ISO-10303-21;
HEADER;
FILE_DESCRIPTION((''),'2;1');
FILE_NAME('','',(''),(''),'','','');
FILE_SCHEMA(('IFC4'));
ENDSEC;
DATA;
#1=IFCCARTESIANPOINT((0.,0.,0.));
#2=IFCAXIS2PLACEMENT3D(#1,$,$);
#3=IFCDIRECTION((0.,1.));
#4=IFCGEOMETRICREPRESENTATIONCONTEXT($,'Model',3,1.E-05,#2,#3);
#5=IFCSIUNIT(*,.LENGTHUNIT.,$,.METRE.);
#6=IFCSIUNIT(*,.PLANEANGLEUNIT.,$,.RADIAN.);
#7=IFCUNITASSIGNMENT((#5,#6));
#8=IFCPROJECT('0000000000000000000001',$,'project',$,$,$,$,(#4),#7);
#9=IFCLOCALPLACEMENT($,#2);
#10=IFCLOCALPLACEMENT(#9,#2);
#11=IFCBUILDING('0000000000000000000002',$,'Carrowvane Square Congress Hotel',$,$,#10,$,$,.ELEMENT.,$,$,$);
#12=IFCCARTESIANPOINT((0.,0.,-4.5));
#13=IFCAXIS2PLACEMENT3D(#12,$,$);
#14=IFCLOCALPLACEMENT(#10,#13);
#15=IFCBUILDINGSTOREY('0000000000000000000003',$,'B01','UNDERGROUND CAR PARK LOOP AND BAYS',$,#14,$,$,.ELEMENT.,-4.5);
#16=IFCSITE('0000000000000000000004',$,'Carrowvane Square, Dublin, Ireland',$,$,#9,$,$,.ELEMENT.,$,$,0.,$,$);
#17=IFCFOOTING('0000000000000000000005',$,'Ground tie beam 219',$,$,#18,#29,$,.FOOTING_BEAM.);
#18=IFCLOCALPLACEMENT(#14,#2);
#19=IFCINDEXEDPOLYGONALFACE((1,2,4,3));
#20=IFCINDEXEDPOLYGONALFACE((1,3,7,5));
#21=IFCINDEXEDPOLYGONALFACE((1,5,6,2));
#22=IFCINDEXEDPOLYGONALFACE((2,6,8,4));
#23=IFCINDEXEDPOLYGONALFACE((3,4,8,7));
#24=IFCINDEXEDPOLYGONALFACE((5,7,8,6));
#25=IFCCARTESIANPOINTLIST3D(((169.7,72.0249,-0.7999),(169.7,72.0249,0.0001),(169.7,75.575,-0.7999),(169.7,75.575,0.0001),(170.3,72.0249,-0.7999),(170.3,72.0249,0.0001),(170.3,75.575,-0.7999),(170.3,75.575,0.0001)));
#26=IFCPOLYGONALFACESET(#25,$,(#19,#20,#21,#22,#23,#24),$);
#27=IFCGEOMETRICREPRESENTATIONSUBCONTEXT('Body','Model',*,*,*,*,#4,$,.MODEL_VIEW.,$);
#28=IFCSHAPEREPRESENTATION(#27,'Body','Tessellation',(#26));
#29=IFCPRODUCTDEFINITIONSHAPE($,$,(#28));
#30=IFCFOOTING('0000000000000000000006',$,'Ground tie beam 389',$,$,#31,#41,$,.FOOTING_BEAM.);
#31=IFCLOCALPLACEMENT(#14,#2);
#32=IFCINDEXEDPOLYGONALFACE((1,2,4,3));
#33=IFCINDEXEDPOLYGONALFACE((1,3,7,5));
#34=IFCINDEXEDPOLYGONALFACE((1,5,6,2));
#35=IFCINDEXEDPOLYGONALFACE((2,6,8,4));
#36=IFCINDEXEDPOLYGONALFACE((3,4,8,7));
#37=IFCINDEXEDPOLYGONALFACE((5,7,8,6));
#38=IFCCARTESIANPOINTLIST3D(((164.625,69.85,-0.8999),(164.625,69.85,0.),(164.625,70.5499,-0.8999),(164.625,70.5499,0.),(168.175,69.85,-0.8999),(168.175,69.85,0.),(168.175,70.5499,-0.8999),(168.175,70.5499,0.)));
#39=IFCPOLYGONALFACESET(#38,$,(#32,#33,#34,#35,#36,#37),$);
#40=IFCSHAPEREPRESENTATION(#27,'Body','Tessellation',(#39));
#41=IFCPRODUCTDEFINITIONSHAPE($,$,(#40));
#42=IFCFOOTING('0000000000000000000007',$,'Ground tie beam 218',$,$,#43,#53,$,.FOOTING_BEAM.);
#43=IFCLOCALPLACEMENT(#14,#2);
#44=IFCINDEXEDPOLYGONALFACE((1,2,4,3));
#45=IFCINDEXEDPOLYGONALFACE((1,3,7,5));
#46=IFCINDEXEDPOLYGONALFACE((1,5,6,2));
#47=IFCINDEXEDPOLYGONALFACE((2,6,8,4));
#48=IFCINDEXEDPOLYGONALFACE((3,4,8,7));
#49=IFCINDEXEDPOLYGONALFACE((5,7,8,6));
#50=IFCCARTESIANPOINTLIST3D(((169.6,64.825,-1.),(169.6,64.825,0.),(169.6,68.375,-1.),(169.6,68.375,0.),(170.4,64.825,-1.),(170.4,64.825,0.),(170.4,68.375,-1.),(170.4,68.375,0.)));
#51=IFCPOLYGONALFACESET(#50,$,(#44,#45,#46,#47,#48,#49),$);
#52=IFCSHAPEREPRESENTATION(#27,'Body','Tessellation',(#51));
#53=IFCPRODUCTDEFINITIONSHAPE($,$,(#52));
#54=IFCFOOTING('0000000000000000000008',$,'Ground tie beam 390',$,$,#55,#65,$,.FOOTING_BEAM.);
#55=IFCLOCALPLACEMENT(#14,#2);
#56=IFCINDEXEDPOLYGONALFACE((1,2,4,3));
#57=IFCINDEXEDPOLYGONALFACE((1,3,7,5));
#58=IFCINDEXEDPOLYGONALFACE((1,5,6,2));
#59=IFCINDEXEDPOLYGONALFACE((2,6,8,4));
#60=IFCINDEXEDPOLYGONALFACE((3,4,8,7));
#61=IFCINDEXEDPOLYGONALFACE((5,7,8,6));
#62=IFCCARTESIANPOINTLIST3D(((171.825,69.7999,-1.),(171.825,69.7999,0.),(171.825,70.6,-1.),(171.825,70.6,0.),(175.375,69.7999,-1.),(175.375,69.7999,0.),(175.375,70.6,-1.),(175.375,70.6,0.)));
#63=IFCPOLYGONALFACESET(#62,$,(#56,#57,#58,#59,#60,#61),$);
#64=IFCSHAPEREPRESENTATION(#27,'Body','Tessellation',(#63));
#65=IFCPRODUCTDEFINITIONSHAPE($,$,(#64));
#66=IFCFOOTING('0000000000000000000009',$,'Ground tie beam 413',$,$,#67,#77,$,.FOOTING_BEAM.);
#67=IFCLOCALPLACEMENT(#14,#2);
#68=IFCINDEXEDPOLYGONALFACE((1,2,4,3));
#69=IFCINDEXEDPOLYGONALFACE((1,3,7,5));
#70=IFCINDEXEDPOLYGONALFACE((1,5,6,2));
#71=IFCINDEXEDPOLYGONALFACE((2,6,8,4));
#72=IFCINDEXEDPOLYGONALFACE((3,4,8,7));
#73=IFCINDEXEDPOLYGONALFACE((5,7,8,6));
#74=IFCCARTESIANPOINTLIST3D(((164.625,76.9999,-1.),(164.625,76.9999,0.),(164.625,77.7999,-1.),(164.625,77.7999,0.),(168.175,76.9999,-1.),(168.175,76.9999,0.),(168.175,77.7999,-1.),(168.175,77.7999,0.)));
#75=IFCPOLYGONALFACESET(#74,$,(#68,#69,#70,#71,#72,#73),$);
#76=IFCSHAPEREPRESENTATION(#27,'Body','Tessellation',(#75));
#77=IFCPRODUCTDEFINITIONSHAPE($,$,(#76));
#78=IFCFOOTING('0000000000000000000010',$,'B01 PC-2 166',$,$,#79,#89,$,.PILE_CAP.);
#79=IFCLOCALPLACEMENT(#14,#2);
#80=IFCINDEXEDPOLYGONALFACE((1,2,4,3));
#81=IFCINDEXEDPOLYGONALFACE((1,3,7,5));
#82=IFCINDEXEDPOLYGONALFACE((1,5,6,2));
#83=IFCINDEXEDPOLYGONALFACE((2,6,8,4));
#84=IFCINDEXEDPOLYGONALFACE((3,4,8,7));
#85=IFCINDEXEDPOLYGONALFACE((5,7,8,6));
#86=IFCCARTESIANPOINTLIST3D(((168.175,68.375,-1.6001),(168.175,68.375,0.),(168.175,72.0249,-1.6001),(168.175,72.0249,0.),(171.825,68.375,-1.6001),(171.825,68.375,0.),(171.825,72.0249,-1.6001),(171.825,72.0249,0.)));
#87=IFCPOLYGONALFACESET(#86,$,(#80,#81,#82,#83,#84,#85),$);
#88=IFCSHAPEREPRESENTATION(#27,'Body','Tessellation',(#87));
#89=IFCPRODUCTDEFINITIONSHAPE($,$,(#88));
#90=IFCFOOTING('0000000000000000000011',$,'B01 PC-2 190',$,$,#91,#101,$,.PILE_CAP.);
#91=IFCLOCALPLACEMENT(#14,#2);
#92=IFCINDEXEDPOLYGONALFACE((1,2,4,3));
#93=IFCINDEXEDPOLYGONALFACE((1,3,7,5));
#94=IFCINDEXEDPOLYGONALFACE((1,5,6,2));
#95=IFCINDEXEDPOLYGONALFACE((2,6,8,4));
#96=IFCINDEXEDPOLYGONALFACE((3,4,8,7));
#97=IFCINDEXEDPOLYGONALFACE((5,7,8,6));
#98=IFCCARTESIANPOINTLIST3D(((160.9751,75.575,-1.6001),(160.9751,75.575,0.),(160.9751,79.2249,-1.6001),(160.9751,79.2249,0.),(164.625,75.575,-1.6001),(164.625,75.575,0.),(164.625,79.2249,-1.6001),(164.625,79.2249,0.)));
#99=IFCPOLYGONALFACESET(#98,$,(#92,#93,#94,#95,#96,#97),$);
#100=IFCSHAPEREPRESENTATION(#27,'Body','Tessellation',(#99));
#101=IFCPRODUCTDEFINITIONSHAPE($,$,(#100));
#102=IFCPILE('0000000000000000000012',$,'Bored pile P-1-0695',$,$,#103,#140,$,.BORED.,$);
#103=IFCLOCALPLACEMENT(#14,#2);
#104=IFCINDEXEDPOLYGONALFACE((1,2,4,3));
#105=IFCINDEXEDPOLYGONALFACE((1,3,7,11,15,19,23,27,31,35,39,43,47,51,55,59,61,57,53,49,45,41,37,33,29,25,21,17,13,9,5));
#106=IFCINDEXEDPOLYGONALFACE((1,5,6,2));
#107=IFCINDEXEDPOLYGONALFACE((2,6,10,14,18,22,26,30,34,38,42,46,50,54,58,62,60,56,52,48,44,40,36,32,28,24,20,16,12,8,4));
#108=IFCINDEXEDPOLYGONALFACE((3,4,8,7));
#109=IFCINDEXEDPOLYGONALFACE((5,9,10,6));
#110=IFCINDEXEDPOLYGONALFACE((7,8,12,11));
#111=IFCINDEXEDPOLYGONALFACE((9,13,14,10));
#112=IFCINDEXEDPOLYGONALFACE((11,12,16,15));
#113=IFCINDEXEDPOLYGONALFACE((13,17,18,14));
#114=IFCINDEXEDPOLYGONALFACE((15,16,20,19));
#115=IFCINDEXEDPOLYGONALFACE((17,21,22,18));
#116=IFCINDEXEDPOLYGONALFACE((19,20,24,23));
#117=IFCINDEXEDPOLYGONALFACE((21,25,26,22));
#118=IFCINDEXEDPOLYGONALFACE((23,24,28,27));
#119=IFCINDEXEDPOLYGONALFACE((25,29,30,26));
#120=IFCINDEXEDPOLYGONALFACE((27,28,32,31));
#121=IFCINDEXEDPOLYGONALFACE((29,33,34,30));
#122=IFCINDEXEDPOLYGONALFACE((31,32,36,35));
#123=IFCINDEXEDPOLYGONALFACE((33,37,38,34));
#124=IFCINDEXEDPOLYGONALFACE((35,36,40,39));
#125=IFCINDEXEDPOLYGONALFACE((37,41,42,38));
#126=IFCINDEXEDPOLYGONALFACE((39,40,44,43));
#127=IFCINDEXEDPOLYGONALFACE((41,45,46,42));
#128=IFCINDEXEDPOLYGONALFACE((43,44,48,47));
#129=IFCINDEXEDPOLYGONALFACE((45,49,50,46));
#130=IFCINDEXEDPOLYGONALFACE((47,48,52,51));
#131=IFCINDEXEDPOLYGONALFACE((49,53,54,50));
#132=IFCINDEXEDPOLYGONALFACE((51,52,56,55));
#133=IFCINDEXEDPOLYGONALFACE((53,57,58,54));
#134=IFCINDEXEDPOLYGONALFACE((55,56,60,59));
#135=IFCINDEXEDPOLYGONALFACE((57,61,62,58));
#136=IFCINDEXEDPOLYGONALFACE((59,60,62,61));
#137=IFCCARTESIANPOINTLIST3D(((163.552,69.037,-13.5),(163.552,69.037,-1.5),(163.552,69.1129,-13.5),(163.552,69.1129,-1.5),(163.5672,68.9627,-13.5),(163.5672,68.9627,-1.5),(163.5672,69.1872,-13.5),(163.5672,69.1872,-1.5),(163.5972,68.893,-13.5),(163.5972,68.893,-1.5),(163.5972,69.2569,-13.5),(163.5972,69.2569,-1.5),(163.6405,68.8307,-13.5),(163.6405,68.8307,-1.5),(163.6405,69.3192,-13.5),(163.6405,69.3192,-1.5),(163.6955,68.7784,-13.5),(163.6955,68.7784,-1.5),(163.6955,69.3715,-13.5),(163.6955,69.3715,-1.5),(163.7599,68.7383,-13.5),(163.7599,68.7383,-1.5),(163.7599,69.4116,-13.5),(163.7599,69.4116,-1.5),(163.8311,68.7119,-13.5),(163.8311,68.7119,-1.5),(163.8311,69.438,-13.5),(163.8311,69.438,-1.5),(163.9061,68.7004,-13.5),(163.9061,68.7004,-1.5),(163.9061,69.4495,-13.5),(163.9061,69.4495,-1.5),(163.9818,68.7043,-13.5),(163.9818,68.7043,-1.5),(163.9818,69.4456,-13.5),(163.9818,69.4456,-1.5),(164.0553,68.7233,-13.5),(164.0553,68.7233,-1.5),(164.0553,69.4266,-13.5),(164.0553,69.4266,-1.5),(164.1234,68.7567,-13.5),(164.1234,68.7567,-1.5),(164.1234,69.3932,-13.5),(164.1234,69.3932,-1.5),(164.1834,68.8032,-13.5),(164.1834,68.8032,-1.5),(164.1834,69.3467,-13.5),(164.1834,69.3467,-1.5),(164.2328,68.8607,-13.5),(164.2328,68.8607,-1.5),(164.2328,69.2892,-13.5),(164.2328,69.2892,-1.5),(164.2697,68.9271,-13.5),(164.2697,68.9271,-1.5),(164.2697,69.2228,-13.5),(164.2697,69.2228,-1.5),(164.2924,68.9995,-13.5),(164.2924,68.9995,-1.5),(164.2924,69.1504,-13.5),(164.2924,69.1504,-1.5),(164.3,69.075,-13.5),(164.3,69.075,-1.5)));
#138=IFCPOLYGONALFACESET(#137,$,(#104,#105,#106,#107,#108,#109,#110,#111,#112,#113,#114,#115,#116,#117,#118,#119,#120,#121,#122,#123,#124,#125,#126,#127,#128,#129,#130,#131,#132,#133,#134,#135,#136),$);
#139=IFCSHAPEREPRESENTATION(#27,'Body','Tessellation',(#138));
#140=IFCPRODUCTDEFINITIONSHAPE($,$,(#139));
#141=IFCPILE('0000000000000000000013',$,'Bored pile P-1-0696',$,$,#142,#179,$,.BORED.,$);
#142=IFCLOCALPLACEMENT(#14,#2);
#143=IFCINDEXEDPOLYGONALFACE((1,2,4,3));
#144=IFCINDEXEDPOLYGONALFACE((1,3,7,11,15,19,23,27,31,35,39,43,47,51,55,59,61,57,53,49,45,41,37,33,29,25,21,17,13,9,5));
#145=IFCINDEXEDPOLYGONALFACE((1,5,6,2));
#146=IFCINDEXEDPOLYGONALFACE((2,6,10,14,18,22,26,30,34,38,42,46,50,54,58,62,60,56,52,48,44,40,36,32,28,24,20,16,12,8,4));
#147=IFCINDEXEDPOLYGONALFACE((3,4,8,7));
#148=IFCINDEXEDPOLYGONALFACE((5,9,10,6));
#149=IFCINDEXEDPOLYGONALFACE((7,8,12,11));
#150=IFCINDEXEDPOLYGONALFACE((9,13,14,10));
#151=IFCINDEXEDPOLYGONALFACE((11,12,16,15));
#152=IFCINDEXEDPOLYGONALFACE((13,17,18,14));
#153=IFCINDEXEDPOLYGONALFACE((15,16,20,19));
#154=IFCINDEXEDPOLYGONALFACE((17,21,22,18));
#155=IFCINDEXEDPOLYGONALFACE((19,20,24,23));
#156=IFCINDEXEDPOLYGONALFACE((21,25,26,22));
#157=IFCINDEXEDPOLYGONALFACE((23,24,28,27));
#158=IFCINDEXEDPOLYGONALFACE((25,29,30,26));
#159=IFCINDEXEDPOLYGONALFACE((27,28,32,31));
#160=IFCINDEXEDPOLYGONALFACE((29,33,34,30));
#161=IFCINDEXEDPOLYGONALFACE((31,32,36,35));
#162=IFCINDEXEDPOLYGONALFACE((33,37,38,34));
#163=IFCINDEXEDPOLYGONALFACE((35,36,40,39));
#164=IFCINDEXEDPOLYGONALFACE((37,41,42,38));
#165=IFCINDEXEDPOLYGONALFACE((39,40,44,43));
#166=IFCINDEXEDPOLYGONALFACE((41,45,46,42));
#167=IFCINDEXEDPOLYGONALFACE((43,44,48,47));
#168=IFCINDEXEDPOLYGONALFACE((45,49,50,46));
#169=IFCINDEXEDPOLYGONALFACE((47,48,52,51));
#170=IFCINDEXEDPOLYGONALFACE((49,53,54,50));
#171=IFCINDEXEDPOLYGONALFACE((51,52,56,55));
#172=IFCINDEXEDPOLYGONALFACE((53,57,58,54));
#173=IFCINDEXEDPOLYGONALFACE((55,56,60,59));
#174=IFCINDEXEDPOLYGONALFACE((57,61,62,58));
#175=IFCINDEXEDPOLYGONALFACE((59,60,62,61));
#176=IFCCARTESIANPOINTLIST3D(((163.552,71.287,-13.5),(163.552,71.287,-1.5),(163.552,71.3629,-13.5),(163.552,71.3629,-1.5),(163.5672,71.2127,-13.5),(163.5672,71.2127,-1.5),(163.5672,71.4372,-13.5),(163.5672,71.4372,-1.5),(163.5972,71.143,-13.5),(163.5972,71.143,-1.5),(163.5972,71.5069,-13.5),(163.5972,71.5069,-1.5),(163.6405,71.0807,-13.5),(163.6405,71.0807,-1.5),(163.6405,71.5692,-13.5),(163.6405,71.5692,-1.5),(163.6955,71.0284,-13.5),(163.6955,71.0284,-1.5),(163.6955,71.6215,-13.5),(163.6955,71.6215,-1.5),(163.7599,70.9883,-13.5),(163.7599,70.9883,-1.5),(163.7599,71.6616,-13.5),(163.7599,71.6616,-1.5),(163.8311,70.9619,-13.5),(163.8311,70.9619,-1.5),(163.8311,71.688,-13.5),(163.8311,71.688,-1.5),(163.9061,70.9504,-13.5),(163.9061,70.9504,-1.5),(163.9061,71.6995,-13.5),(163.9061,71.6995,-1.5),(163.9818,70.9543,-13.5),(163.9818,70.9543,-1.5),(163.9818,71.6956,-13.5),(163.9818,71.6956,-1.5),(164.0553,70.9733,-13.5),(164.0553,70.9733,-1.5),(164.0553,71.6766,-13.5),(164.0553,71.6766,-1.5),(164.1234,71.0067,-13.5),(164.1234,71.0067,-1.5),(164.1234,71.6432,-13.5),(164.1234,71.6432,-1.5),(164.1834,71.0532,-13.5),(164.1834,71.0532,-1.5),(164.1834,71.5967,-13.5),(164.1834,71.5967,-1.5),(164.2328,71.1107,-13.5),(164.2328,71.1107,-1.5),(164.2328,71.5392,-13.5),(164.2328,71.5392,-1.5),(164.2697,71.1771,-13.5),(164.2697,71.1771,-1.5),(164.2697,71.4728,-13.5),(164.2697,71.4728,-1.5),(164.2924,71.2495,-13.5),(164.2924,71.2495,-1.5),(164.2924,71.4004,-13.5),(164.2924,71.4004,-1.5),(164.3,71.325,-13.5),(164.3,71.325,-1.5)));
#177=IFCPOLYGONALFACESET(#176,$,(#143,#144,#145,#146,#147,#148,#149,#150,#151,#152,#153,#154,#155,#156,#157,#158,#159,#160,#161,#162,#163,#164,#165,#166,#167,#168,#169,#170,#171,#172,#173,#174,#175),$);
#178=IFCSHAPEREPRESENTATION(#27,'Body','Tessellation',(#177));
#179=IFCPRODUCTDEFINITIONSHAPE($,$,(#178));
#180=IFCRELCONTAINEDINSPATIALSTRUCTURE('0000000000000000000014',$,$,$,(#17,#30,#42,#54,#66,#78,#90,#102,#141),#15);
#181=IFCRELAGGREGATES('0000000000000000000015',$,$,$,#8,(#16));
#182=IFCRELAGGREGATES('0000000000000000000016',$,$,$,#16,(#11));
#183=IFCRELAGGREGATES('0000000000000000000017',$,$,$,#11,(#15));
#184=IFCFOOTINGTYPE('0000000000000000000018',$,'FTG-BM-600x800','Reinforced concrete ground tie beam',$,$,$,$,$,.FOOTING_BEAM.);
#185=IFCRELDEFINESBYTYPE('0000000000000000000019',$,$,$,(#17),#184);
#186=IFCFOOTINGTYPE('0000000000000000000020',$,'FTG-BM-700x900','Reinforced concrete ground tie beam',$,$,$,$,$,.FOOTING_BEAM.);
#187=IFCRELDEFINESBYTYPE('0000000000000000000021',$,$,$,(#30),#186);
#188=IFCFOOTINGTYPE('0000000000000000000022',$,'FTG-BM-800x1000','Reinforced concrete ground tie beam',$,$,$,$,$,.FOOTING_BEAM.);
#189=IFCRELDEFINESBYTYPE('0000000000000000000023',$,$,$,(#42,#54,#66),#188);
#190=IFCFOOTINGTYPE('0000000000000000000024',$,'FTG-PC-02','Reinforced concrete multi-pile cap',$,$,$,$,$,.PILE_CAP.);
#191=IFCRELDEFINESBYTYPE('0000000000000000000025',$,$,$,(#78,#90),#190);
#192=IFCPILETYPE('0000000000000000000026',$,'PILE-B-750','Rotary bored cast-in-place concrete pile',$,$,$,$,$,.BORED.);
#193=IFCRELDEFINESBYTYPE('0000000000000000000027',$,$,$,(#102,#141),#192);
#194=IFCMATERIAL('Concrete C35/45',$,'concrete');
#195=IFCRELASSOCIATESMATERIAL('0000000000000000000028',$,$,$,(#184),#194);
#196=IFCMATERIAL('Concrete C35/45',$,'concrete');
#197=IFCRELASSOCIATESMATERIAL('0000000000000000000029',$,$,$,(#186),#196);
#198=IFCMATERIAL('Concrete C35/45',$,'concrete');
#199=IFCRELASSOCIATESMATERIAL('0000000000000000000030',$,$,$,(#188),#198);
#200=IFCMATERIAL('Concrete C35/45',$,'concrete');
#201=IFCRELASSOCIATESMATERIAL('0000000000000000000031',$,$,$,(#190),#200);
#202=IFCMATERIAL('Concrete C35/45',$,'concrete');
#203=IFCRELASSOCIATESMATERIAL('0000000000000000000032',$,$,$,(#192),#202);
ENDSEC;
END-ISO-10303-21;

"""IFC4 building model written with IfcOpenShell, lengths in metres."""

from ifc_helpers import new_model, si_unit, direction, frame, origin, origin_2d, place, context, subcontext, project, spatial, rectangle, circle, extrude, material, material_profile, profile_set, type_object, element, save


model = new_model("IFC4")

# Units and contexts
model_context = context("Model", 3, precision=1e-05, world=origin(), true_north=direction((0.0, 1.0)))
body_context = subcontext(model_context, "Body", "Model", "MODEL_VIEW")
ifc_project = project(units=[si_unit("LENGTHUNIT", "METRE"), si_unit("PLANEANGLEUNIT", "RADIAN")], contexts=[model_context])

# Site, building, storey
site_placement = place(None, origin())
site = spatial("IfcSite", under=ifc_project, at=site_placement, Name="Carrowvane Square, Dublin, Ireland", CompositionType="ELEMENT", RefElevation=0.0)
building_placement = place(site_placement, origin())
building = spatial("IfcBuilding", under=site, at=building_placement, Name="Carrowvane Square Congress Hotel", CompositionType="ELEMENT")
storey_placement = place(building_placement, frame((0.0, 0.0, -4.5)))
storey = spatial("IfcBuildingStorey", under=building, at=storey_placement, Name="B01", Description="UNDERGROUND CAR PARK LOOP AND BAYS", CompositionType="ELEMENT", Elevation=-4.5)

# Footings
ifc_material_1 = material(Name="Concrete C35/45", Category="concrete")
ifc_material_profile_1 = material_profile(ifc_material_1, rectangle(XDim=0.6001, YDim=0.8, at=origin_2d()), Name="RC 600x800")
ifc_profile_set_1 = profile_set([ifc_material_profile_1], Name="Concrete C35/45")
footing_type_1 = type_object("IfcFootingType", Name="FTG-BM-600x800", Description="Reinforced concrete ground tie beam", PredefinedType="FOOTING_BEAM", material=ifc_profile_set_1)
footing_1_placement = place(storey_placement, frame((170.0, 72.0249, -0.3999), z_axis=(0.0, 1.0, 0.0), x_axis=(-1.0, 0.0, 0.0)))
element("IfcFooting", 1, at=footing_1_placement, inside=storey, type_object=footing_type_1, Name="Ground tie beam 219", PredefinedType="FOOTING_BEAM", context=body_context, shape_type="SweptSolid", body=[
    extrude(rectangle(XDim=0.6001, YDim=0.8, at=origin_2d()), origin(), (0.0, 0.0, 1.0), 3.55),
])
ifc_material_2 = material(Name="Concrete C35/45", Category="concrete")
ifc_material_profile_2 = material_profile(ifc_material_2, rectangle(XDim=0.7, YDim=0.8999, at=origin_2d()), Name="RC 700x900")
ifc_profile_set_2 = profile_set([ifc_material_profile_2], Name="Concrete C35/45")
footing_type_2 = type_object("IfcFootingType", Name="FTG-BM-700x900", Description="Reinforced concrete ground tie beam", PredefinedType="FOOTING_BEAM", material=ifc_profile_set_2)
footing_2_placement = place(storey_placement, frame((164.625, 70.2, -0.45), z_axis=(1.0, 0.0, 0.0), x_axis=(0.0, 1.0, 0.0)))
element("IfcFooting", 2, at=footing_2_placement, inside=storey, type_object=footing_type_2, Name="Ground tie beam 389", PredefinedType="FOOTING_BEAM", context=body_context, shape_type="SweptSolid", body=[
    extrude(rectangle(XDim=0.7, YDim=0.8999, at=origin_2d()), origin(), (0.0, 0.0, 1.0), 3.55),
])
ifc_material_3 = material(Name="Concrete C35/45", Category="concrete")
ifc_material_profile_3 = material_profile(ifc_material_3, rectangle(XDim=0.8, YDim=1.0, at=origin_2d()), Name="RC 800x1000")
ifc_profile_set_3 = profile_set([ifc_material_profile_3], Name="Concrete C35/45")
footing_type_3 = type_object("IfcFootingType", Name="FTG-BM-800x1000", Description="Reinforced concrete ground tie beam", PredefinedType="FOOTING_BEAM", material=ifc_profile_set_3)
for number, where, z_axis, x_axis, name in (
    (3, (170.0, 64.825, -0.5), (0.0, 1.0, 0.0), (-1.0, 0.0, 0.0), "Ground tie beam 218"),
    (4, (171.825, 70.2, -0.5), (1.0, 0.0, 0.0), (0.0, 1.0, 0.0), "Ground tie beam 390"),
    (5, (164.625, 77.3999, -0.5), (1.0, 0.0, 0.0), (0.0, 1.0, 0.0), "Ground tie beam 413"),
):
    element("IfcFooting", number, at=place(storey_placement, frame(where, z_axis=z_axis, x_axis=x_axis)), inside=storey, type_object=footing_type_3, Name=name, PredefinedType="FOOTING_BEAM", context=body_context, shape_type="SweptSolid", body=[
        extrude(rectangle(XDim=0.8, YDim=1.0, at=origin_2d()), origin(), (0.0, 0.0, 1.0), 3.55),
    ])
ifc_material_4 = material(Name="Concrete C35/45", Category="concrete")
footing_type_4 = type_object("IfcFootingType", Name="FTG-PC-02", Description="Reinforced concrete multi-pile cap", PredefinedType="PILE_CAP", material=ifc_material_4)
for number, where, z_axis, x_axis, name in (
    (6, (170.0, 70.2, -1.6001), (0.0, 0.0, 1.0), (1.0, 0.0, 0.0), "B01 PC-2 166"),
    (7, (162.8, 77.3999, -1.6001), (0.0, 0.0, 1.0), (1.0, 0.0, 0.0), "B01 PC-2 190"),
):
    element("IfcFooting", number, at=place(storey_placement, frame(where, z_axis=z_axis, x_axis=x_axis)), inside=storey, type_object=footing_type_4, Name=name, PredefinedType="PILE_CAP", context=body_context, shape_type="SweptSolid", body=[
        extrude(rectangle(XDim=3.6499, YDim=3.6499, at=origin_2d()), origin(), (0.0, 0.0, 1.0), 1.6001),
    ])

# Piles
ifc_material_5 = material(Name="Concrete C35/45", Category="concrete")
ifc_material_profile_4 = material_profile(ifc_material_5, circle(Radius=0.375, at=origin_2d()), Name="PILE D750")
ifc_profile_set_4 = profile_set([ifc_material_profile_4], Name="Concrete C35/45")
pile_type = type_object("IfcPileType", Name="PILE-B-750", Description="Rotary bored cast-in-place concrete pile", PredefinedType="BORED", material=ifc_profile_set_4)
for number, where, z_axis, x_axis, name in (
    (8, (163.925, 69.075, -1.5), (0.0, 0.0, -1.0), (1.0, 0.0, 0.0), "Bored pile P-1-0695"),
    (9, (163.925, 71.325, -1.5), (0.0, 0.0, -1.0), (1.0, 0.0, 0.0), "Bored pile P-1-0696"),
):
    element("IfcPile", number, at=place(storey_placement, frame(where, z_axis=z_axis, x_axis=x_axis)), inside=storey, type_object=pile_type, Name=name, PredefinedType="BORED", context=body_context, shape_type="SweptSolid", body=[
        extrude(circle(Radius=0.375, at=origin_2d()), origin(), (0.0, 0.0, 1.0), 12.0),
    ])

save(model, "model.ifc")
